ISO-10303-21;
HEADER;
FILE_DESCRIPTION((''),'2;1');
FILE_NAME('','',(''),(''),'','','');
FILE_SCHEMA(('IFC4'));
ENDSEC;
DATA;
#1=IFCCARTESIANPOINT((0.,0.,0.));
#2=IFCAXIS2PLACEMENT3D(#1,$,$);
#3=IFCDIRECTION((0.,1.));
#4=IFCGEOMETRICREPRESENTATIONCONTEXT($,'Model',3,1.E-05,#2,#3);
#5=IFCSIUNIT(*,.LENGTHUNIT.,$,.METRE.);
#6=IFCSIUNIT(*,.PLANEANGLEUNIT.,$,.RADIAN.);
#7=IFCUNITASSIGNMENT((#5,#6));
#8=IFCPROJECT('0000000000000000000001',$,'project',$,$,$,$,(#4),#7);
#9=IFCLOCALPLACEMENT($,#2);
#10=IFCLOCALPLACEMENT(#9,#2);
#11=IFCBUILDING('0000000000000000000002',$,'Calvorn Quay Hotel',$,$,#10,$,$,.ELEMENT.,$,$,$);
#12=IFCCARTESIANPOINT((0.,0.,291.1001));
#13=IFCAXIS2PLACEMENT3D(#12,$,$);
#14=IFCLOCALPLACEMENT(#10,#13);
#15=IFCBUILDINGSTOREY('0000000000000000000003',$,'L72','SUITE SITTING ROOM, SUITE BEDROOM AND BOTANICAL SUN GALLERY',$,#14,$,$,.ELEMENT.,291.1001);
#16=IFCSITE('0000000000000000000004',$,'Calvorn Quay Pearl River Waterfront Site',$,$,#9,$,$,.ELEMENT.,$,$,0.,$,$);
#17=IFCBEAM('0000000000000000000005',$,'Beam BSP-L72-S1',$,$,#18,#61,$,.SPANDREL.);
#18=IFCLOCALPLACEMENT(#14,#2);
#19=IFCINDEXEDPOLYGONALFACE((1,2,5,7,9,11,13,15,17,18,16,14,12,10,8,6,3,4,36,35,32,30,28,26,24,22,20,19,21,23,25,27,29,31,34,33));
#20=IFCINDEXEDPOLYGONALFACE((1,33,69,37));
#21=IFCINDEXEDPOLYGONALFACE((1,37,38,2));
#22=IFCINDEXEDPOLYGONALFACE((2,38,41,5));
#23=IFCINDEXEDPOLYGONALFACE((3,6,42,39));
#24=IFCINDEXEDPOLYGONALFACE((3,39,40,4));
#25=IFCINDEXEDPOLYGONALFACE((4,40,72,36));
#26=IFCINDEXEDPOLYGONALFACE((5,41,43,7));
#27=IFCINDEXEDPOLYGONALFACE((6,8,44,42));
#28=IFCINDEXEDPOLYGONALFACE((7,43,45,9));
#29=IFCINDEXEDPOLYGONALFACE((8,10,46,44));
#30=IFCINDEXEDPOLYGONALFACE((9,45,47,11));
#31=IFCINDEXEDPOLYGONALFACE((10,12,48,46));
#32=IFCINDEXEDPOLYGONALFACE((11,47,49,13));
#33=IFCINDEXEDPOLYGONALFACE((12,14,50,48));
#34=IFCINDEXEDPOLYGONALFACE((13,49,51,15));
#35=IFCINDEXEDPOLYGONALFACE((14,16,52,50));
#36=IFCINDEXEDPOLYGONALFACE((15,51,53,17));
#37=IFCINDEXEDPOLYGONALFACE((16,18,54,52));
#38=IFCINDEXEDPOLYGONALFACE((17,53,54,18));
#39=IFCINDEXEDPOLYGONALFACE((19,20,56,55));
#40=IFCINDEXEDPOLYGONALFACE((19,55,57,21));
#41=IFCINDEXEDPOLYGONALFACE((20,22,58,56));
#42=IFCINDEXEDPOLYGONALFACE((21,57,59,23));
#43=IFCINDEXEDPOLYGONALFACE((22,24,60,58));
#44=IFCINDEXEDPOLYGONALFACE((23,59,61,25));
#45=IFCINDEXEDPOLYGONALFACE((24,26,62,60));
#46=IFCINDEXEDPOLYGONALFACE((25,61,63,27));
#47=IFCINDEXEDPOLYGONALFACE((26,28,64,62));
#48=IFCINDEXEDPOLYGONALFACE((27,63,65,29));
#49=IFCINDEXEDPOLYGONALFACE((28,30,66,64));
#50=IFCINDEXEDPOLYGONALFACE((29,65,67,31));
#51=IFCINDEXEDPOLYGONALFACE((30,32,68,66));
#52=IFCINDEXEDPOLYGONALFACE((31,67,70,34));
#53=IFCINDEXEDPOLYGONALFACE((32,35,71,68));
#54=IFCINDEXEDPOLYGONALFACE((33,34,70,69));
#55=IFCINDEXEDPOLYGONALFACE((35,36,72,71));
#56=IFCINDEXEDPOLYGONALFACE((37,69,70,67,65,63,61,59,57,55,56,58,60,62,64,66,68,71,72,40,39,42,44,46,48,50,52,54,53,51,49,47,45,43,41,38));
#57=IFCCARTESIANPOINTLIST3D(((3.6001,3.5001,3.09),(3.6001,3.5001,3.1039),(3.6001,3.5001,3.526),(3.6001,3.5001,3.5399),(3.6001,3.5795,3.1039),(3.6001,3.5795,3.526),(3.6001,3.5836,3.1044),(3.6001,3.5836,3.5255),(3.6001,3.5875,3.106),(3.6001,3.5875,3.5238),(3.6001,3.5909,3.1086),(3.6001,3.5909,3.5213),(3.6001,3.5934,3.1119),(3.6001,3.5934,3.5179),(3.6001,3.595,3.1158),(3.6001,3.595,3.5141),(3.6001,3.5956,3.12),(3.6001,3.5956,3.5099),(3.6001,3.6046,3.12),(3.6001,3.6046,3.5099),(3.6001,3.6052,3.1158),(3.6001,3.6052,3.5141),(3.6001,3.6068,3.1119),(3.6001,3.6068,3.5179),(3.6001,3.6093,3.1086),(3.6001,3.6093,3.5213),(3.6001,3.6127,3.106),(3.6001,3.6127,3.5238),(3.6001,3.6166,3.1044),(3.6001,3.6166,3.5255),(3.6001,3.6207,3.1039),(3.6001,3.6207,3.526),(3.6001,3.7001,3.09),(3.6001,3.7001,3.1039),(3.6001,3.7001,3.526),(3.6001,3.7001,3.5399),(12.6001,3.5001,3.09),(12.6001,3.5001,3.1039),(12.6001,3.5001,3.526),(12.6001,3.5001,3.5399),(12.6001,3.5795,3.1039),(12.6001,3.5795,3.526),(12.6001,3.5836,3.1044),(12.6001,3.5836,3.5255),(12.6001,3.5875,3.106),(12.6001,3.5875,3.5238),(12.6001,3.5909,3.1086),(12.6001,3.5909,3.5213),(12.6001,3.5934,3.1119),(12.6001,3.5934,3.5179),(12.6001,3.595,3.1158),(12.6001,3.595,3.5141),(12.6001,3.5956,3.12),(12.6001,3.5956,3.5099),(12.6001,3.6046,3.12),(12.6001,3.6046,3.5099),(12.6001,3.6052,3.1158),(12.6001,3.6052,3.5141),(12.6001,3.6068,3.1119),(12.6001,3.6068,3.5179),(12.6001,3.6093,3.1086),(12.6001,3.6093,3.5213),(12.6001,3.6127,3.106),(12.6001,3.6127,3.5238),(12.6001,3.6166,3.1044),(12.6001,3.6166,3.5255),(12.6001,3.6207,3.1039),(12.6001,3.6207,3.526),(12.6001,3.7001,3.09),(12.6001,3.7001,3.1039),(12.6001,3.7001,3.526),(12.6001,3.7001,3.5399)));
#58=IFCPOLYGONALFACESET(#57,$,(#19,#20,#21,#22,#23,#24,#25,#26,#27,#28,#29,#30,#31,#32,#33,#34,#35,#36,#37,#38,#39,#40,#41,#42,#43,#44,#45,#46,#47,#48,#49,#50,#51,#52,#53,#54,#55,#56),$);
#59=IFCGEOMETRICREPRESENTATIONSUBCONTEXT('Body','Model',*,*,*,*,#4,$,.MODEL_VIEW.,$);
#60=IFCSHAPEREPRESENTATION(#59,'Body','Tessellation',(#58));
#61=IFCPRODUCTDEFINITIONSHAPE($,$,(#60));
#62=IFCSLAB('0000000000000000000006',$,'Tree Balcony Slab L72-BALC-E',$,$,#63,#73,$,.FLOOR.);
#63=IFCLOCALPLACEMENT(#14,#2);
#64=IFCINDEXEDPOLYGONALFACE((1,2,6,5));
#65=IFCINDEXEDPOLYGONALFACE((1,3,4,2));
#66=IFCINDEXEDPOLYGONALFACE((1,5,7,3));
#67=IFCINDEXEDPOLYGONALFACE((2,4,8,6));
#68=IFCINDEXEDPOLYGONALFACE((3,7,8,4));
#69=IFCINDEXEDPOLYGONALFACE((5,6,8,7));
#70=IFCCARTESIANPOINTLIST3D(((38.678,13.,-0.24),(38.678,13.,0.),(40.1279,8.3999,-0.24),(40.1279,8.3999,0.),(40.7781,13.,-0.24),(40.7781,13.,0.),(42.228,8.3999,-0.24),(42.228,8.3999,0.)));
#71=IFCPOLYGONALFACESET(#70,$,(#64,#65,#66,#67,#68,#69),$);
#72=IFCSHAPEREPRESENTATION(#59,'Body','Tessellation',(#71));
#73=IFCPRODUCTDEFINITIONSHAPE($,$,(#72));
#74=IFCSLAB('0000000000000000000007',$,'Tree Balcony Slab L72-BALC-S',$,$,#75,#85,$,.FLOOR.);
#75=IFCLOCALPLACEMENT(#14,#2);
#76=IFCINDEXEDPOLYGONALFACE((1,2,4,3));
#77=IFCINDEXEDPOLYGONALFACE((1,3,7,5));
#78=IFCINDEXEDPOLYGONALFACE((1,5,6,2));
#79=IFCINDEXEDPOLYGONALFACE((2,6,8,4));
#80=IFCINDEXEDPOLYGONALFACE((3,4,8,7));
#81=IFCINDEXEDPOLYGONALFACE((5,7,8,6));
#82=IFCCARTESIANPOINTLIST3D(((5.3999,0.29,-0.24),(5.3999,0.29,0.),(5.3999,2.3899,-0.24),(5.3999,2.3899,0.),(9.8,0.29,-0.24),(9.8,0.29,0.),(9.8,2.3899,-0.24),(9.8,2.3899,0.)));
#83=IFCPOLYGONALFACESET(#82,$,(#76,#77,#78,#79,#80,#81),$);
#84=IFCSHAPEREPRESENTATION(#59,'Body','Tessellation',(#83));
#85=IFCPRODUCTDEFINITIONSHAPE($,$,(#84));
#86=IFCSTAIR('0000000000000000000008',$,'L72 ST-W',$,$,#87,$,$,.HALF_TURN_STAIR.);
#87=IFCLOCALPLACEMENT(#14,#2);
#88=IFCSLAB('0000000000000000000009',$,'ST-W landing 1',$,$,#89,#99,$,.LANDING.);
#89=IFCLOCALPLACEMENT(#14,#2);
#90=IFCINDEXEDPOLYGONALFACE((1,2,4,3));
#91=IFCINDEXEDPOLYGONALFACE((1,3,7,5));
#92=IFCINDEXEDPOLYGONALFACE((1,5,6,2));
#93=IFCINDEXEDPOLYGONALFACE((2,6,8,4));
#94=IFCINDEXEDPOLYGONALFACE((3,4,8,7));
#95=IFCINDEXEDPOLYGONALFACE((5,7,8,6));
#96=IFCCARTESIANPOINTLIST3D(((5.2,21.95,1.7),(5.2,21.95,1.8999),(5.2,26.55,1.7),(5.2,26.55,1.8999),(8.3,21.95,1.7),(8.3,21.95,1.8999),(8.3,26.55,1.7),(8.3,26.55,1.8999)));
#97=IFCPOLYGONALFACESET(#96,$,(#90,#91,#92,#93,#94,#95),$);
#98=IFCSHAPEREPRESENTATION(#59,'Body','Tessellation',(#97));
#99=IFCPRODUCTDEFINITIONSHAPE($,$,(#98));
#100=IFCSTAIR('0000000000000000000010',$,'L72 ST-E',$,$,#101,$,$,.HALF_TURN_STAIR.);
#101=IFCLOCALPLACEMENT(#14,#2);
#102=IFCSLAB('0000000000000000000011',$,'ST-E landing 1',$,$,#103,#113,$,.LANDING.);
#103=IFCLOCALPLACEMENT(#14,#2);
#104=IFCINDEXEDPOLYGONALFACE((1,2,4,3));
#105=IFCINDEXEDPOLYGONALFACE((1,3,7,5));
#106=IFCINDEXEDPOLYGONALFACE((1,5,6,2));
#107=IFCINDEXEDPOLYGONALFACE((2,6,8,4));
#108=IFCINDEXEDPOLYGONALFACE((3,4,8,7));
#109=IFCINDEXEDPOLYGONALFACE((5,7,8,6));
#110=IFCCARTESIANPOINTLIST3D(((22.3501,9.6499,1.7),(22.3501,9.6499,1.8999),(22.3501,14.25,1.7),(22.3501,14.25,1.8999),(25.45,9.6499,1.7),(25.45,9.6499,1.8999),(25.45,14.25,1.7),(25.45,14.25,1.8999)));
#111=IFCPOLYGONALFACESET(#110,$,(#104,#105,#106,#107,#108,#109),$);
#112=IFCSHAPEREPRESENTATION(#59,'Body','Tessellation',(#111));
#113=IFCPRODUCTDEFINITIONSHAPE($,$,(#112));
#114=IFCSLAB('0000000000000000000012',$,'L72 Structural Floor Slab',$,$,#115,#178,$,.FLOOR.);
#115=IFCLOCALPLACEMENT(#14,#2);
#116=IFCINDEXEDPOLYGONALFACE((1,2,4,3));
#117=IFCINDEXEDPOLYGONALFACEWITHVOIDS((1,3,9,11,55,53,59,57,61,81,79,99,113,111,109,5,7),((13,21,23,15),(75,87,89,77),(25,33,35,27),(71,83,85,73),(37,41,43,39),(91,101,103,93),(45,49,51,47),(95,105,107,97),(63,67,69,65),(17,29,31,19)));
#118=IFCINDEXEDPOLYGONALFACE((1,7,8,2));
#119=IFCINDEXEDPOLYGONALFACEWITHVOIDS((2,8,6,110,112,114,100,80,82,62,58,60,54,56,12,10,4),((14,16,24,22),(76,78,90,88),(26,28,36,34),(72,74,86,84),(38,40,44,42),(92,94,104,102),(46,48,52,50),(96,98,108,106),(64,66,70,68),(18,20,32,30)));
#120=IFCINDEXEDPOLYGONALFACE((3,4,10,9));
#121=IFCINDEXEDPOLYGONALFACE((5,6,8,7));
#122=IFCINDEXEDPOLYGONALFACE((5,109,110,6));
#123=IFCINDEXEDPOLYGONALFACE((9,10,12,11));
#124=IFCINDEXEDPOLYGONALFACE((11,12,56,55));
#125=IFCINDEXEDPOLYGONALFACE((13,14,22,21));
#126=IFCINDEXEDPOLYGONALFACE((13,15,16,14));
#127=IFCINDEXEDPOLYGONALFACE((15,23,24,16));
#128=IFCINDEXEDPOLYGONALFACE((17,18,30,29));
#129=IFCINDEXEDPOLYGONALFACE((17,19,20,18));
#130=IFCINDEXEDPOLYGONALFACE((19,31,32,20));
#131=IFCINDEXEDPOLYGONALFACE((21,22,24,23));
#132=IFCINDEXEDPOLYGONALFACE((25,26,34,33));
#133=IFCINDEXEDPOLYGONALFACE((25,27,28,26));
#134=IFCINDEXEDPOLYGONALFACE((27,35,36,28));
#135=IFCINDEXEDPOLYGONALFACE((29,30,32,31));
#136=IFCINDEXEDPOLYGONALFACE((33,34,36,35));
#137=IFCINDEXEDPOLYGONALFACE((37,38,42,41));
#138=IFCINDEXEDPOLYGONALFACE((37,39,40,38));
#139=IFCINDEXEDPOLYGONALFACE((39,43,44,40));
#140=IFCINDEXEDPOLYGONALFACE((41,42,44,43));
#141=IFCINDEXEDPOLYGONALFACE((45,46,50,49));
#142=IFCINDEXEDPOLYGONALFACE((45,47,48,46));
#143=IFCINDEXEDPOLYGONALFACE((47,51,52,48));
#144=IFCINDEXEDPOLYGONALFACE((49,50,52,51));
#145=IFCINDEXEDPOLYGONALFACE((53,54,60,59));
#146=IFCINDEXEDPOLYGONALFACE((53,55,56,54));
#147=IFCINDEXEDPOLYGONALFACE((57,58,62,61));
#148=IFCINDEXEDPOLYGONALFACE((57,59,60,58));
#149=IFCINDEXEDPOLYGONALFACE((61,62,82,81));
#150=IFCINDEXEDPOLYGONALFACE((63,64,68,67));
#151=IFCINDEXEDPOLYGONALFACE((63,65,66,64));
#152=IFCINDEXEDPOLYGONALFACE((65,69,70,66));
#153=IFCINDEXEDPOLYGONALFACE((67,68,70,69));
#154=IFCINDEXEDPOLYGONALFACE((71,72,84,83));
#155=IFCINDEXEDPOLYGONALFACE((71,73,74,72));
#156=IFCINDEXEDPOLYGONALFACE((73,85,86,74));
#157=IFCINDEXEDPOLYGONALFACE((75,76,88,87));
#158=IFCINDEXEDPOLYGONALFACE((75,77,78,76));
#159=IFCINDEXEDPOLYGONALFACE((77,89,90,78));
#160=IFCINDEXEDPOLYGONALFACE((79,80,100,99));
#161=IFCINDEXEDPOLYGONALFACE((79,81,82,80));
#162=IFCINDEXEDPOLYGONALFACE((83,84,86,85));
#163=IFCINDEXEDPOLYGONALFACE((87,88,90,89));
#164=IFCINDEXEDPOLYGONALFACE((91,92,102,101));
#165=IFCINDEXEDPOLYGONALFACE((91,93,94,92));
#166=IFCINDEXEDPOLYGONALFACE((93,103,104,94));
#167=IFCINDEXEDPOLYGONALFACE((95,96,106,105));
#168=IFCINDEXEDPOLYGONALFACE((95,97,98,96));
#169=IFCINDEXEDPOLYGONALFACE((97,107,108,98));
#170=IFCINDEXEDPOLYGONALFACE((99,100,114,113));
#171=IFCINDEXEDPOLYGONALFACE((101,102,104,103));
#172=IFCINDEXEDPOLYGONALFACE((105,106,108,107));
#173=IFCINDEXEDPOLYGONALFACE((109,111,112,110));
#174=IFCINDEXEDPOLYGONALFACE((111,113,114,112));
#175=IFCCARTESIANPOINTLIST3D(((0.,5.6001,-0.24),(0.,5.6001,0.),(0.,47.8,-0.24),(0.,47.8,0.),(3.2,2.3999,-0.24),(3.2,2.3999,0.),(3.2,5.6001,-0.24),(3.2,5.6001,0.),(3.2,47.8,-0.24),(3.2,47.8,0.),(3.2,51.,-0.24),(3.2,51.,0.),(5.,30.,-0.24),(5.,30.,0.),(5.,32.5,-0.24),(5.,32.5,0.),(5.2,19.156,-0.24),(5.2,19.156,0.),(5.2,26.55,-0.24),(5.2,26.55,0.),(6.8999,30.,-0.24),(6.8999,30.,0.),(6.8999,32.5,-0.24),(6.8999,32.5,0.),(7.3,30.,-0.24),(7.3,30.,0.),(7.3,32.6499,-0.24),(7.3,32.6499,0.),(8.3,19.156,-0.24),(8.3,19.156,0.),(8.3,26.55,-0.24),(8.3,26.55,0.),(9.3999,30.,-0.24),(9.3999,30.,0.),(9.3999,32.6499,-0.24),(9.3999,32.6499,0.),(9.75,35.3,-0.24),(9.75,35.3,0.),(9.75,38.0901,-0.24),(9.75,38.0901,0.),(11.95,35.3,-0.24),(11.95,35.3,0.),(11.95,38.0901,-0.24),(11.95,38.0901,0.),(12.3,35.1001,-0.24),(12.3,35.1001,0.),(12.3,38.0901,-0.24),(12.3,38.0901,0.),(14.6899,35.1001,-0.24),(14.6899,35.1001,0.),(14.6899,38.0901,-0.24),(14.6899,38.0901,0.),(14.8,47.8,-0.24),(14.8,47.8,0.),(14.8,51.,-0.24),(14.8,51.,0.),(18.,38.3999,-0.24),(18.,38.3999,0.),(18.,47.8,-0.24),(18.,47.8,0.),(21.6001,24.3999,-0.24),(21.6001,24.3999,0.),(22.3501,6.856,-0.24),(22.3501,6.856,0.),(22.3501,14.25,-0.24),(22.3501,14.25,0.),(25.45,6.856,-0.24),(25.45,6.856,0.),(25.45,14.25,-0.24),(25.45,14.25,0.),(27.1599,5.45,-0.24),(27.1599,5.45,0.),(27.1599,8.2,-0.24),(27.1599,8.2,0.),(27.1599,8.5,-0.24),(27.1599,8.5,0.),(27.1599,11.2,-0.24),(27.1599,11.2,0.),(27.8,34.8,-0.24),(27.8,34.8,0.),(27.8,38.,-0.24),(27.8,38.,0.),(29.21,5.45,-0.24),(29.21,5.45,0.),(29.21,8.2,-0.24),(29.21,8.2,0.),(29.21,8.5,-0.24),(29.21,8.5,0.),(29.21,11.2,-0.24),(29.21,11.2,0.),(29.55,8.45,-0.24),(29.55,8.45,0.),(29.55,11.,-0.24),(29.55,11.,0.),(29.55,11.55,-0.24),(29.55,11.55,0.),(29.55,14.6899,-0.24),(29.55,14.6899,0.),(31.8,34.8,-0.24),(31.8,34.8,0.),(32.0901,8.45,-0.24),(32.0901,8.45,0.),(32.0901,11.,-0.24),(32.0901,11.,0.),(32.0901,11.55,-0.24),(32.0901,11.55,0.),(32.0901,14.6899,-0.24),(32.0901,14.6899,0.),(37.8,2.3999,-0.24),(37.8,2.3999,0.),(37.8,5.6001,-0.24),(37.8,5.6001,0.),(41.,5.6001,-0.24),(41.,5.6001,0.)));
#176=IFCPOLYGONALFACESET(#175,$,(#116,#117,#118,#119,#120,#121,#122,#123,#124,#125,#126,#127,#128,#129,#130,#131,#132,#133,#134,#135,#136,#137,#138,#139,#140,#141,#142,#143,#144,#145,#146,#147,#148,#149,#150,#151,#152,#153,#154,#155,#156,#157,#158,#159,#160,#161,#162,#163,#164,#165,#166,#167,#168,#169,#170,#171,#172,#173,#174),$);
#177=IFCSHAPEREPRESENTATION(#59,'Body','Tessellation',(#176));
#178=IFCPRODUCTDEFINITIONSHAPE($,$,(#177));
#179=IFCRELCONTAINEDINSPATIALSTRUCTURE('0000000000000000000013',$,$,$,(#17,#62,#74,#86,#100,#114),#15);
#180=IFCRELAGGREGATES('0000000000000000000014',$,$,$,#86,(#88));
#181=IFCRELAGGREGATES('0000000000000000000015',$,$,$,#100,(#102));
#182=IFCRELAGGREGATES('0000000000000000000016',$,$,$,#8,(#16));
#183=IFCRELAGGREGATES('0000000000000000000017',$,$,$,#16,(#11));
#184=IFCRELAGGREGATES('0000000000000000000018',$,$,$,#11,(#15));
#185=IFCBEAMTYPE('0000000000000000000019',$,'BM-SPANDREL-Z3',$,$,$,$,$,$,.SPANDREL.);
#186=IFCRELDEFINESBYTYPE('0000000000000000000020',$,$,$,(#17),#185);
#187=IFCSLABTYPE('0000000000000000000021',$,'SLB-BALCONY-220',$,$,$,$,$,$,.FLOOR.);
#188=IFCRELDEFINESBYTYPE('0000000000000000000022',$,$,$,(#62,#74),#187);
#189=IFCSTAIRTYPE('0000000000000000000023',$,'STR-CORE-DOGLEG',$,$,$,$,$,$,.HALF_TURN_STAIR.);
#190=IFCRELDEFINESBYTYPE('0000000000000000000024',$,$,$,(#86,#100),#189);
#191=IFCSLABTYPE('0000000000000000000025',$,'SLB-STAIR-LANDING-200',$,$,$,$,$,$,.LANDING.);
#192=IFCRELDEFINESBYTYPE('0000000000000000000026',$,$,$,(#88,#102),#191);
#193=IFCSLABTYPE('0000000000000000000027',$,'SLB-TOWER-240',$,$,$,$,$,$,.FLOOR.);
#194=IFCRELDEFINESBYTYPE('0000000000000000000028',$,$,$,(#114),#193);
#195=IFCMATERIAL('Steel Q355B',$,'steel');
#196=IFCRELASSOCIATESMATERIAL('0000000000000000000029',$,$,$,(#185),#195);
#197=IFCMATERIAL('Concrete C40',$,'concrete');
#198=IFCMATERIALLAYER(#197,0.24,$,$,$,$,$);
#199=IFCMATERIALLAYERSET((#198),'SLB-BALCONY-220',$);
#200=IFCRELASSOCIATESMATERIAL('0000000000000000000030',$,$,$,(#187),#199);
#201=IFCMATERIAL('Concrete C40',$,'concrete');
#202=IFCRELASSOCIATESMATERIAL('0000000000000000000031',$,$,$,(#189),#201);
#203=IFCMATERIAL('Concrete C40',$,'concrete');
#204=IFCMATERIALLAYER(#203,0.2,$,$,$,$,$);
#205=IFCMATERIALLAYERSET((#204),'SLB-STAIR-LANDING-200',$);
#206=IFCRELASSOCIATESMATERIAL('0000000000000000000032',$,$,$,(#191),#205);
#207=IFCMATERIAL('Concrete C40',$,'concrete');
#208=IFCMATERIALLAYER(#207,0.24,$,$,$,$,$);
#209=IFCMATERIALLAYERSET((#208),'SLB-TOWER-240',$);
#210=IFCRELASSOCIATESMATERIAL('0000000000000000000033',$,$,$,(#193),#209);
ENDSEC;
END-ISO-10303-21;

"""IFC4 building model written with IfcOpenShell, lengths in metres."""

from ifc_helpers import new_model, si_unit, direction, frame, origin, origin_2d, place, context, subcontext, project, spatial, polyline, i_section, outline, extrude, material, layer, layer_set, material_profile, profile_set, type_object, element, aggregate, save


model = new_model("IFC4")

# Units and contexts
model_context = context("Model", 3, precision=1e-05, world=origin(), true_north=direction((0.0, 1.0)))
body_context = subcontext(model_context, "Body", "Model", "MODEL_VIEW")
ifc_project = project(units=[si_unit("LENGTHUNIT", "METRE"), si_unit("PLANEANGLEUNIT", "RADIAN")], contexts=[model_context])

# Site, building, storey
site_placement = place(None, origin())
site = spatial("IfcSite", under=ifc_project, at=site_placement, Name="Calvorn Quay Pearl River Waterfront Site", CompositionType="ELEMENT", RefElevation=0.0)
building_placement = place(site_placement, origin())
building = spatial("IfcBuilding", under=site, at=building_placement, Name="Calvorn Quay Hotel", CompositionType="ELEMENT")
storey_placement = place(building_placement, frame((0.0, 0.0, 291.1001)))
storey = spatial("IfcBuildingStorey", under=building, at=storey_placement, Name="L72", Description="SUITE SITTING ROOM, SUITE BEDROOM AND BOTANICAL SUN GALLERY", CompositionType="ELEMENT", Elevation=291.1001)

# Beam
ifc_material_1 = material(Name="Steel Q355B", Category="steel")
ifc_material_profile_1 = material_profile(ifc_material_1, i_section(OverallWidth=0.2, OverallDepth=0.45, WebThickness=0.009, FlangeThickness=0.0139, FilletRadius=0.0161, at=origin_2d()), Name="HN450x200x9x14")
ifc_profile_set_1 = profile_set([ifc_material_profile_1], Name="Steel Q355B")
beam_type_1 = type_object("IfcBeamType", Name="BM-SPANDREL-Z3", PredefinedType="SPANDREL", material=ifc_profile_set_1)
beam_1_placement = place(storey_placement, frame((3.6001, 3.6001, 3.3149), z_axis=(1.0, 0.0, 0.0), x_axis=(0.0, 1.0, 0.0)))
element("IfcBeam", 1, at=beam_1_placement, inside=storey, type_object=beam_type_1, Name="Beam BSP-L72-S1", PredefinedType="SPANDREL", context=body_context, shape_type="SweptSolid", body=[
    extrude(i_section(OverallWidth=0.2, OverallDepth=0.45, WebThickness=0.009, FlangeThickness=0.0139, FilletRadius=0.0161, at=origin_2d()), origin(), (0.0, 0.0, 1.0), 9.0),
])

# Slabs
ifc_material_2 = material(Name="Concrete C40", Category="concrete")
ifc_layer_1 = layer(ifc_material_2, 0.24)
ifc_layer_set_1 = layer_set([ifc_layer_1], Name="SLB-BALCONY-220")
slab_type_1 = type_object("IfcSlabType", Name="SLB-BALCONY-220", PredefinedType="FLOOR", material=ifc_layer_set_1)
slab_1_placement = place(storey_placement, frame((0.0, 0.0, -0.24)))
element("IfcSlab", 2, at=slab_1_placement, inside=storey, type_object=slab_type_1, Name="Tree Balcony Slab L72-BALC-E", PredefinedType="FLOOR", context=body_context, shape_type="SweptSolid", body=[
    extrude(outline(polyline([(40.1279, 8.3999), (42.228, 8.3999), (40.7781, 13.0), (38.678, 13.0), (40.1279, 8.3999)])), origin(), (0.0, 0.0, 1.0), 0.24),
])
slab_2_placement = place(storey_placement, frame((0.0, 0.0, -0.24)))
element("IfcSlab", 3, at=slab_2_placement, inside=storey, type_object=slab_type_1, Name="Tree Balcony Slab L72-BALC-S", PredefinedType="FLOOR", context=body_context, shape_type="SweptSolid", body=[
    extrude(outline(polyline([(5.3999, 0.29), (9.8, 0.29), (9.8, 2.3899), (5.3999, 2.3899), (5.3999, 0.29)])), origin(), (0.0, 0.0, 1.0), 0.24),
])

# Stairs, slabs
ifc_material_3 = material(Name="Concrete C40", Category="concrete")
stair_type = type_object("IfcStairType", Name="STR-CORE-DOGLEG", PredefinedType="HALF_TURN_STAIR", material=ifc_material_3)
stair_1_placement = place(storey_placement, origin())
stair_1 = element("IfcStair", 4, at=stair_1_placement, inside=storey, type_object=stair_type, Name="L72 ST-W", PredefinedType="HALF_TURN_STAIR")
ifc_material_4 = material(Name="Concrete C40", Category="concrete")
ifc_layer_2 = layer(ifc_material_4, 0.2)
ifc_layer_set_2 = layer_set([ifc_layer_2], Name="SLB-STAIR-LANDING-200")
slab_type_2 = type_object("IfcSlabType", Name="SLB-STAIR-LANDING-200", PredefinedType="LANDING", material=ifc_layer_set_2)
slab_3_placement = place(storey_placement, frame((0.0, 0.0, 1.7)))
slab_3 = element("IfcSlab", 5, at=slab_3_placement, type_object=slab_type_2, Name="ST-W landing 1", PredefinedType="LANDING", context=body_context, shape_type="SweptSolid", body=[
    extrude(outline(polyline([(8.3, 21.95), (8.3, 26.55), (5.2, 26.55), (5.2, 21.95), (8.3, 21.95)])), origin(), (0.0, 0.0, 1.0), 0.2),
])
aggregate(stair_1, [slab_3])
stair_2_placement = place(storey_placement, origin())
stair_2 = element("IfcStair", 6, at=stair_2_placement, inside=storey, type_object=stair_type, Name="L72 ST-E", PredefinedType="HALF_TURN_STAIR")
slab_4_placement = place(storey_placement, frame((0.0, 0.0, 1.7)))
slab_4 = element("IfcSlab", 7, at=slab_4_placement, type_object=slab_type_2, Name="ST-E landing 1", PredefinedType="LANDING", context=body_context, shape_type="SweptSolid", body=[
    extrude(outline(polyline([(25.45, 9.6499), (25.45, 14.25), (22.3501, 14.25), (22.3501, 9.6499), (25.45, 9.6499)])), origin(), (0.0, 0.0, 1.0), 0.2),
])
aggregate(stair_2, [slab_4])

# Slab
ifc_material_5 = material(Name="Concrete C40", Category="concrete")
ifc_layer_3 = layer(ifc_material_5, 0.24)
ifc_layer_set_3 = layer_set([ifc_layer_3], Name="SLB-TOWER-240")
slab_type_3 = type_object("IfcSlabType", Name="SLB-TOWER-240", PredefinedType="FLOOR", material=ifc_layer_set_3)
slab_5_placement = place(storey_placement, frame((0.0, 0.0, -0.24)))
element("IfcSlab", 8, at=slab_5_placement, inside=storey, type_object=slab_type_3, Name="L72 Structural Floor Slab", PredefinedType="FLOOR", context=body_context, shape_type="SweptSolid", body=[
    extrude(outline(polyline([(0.0, 5.6001), (3.2, 5.6001), (3.2, 2.3999), (37.8, 2.3999), (37.8, 5.6001), (41.0, 5.6001), (31.8, 34.8), (27.8, 34.8), (27.8, 38.0), (21.6001, 24.3999), (18.0, 38.3999), (18.0, 47.8), (14.8, 47.8), (14.8, 51.0), (3.2, 51.0), (3.2, 47.8), (0.0, 47.8), (0.0, 5.6001)]), holes=[polyline([(5.2, 19.156), (8.3, 19.156), (8.3, 26.55), (5.2, 26.55), (5.2, 19.156)]), polyline([(22.3501, 6.856), (25.45, 6.856), (25.45, 14.25), (22.3501, 14.25), (22.3501, 6.856)]), polyline([(5.0, 30.0), (6.8999, 30.0), (6.8999, 32.5), (5.0, 32.5), (5.0, 30.0)]), polyline([(7.3, 30.0), (9.3999, 30.0), (9.3999, 32.6499), (7.3, 32.6499), (7.3, 30.0)]), polyline([(27.1599, 8.5), (29.21, 8.5), (29.21, 11.2), (27.1599, 11.2), (27.1599, 8.5)]), polyline([(27.1599, 5.45), (29.21, 5.45), (29.21, 8.2), (27.1599, 8.2), (27.1599, 5.45)]), polyline([(12.3, 35.1001), (14.6899, 35.1001), (14.6899, 38.0901), (12.3, 38.0901), (12.3, 35.1001)]), polyline([(9.75, 35.3), (11.95, 35.3), (11.95, 38.0901), (9.75, 38.0901), (9.75, 35.3)]), polyline([(29.55, 11.55), (32.0901, 11.55), (32.0901, 14.6899), (29.55, 14.6899), (29.55, 11.55)]), polyline([(29.55, 8.45), (32.0901, 8.45), (32.0901, 11.0), (29.55, 11.0), (29.55, 8.45)])]), origin(), (0.0, 0.0, 1.0), 0.24),
])

save(model, "model.ifc")
